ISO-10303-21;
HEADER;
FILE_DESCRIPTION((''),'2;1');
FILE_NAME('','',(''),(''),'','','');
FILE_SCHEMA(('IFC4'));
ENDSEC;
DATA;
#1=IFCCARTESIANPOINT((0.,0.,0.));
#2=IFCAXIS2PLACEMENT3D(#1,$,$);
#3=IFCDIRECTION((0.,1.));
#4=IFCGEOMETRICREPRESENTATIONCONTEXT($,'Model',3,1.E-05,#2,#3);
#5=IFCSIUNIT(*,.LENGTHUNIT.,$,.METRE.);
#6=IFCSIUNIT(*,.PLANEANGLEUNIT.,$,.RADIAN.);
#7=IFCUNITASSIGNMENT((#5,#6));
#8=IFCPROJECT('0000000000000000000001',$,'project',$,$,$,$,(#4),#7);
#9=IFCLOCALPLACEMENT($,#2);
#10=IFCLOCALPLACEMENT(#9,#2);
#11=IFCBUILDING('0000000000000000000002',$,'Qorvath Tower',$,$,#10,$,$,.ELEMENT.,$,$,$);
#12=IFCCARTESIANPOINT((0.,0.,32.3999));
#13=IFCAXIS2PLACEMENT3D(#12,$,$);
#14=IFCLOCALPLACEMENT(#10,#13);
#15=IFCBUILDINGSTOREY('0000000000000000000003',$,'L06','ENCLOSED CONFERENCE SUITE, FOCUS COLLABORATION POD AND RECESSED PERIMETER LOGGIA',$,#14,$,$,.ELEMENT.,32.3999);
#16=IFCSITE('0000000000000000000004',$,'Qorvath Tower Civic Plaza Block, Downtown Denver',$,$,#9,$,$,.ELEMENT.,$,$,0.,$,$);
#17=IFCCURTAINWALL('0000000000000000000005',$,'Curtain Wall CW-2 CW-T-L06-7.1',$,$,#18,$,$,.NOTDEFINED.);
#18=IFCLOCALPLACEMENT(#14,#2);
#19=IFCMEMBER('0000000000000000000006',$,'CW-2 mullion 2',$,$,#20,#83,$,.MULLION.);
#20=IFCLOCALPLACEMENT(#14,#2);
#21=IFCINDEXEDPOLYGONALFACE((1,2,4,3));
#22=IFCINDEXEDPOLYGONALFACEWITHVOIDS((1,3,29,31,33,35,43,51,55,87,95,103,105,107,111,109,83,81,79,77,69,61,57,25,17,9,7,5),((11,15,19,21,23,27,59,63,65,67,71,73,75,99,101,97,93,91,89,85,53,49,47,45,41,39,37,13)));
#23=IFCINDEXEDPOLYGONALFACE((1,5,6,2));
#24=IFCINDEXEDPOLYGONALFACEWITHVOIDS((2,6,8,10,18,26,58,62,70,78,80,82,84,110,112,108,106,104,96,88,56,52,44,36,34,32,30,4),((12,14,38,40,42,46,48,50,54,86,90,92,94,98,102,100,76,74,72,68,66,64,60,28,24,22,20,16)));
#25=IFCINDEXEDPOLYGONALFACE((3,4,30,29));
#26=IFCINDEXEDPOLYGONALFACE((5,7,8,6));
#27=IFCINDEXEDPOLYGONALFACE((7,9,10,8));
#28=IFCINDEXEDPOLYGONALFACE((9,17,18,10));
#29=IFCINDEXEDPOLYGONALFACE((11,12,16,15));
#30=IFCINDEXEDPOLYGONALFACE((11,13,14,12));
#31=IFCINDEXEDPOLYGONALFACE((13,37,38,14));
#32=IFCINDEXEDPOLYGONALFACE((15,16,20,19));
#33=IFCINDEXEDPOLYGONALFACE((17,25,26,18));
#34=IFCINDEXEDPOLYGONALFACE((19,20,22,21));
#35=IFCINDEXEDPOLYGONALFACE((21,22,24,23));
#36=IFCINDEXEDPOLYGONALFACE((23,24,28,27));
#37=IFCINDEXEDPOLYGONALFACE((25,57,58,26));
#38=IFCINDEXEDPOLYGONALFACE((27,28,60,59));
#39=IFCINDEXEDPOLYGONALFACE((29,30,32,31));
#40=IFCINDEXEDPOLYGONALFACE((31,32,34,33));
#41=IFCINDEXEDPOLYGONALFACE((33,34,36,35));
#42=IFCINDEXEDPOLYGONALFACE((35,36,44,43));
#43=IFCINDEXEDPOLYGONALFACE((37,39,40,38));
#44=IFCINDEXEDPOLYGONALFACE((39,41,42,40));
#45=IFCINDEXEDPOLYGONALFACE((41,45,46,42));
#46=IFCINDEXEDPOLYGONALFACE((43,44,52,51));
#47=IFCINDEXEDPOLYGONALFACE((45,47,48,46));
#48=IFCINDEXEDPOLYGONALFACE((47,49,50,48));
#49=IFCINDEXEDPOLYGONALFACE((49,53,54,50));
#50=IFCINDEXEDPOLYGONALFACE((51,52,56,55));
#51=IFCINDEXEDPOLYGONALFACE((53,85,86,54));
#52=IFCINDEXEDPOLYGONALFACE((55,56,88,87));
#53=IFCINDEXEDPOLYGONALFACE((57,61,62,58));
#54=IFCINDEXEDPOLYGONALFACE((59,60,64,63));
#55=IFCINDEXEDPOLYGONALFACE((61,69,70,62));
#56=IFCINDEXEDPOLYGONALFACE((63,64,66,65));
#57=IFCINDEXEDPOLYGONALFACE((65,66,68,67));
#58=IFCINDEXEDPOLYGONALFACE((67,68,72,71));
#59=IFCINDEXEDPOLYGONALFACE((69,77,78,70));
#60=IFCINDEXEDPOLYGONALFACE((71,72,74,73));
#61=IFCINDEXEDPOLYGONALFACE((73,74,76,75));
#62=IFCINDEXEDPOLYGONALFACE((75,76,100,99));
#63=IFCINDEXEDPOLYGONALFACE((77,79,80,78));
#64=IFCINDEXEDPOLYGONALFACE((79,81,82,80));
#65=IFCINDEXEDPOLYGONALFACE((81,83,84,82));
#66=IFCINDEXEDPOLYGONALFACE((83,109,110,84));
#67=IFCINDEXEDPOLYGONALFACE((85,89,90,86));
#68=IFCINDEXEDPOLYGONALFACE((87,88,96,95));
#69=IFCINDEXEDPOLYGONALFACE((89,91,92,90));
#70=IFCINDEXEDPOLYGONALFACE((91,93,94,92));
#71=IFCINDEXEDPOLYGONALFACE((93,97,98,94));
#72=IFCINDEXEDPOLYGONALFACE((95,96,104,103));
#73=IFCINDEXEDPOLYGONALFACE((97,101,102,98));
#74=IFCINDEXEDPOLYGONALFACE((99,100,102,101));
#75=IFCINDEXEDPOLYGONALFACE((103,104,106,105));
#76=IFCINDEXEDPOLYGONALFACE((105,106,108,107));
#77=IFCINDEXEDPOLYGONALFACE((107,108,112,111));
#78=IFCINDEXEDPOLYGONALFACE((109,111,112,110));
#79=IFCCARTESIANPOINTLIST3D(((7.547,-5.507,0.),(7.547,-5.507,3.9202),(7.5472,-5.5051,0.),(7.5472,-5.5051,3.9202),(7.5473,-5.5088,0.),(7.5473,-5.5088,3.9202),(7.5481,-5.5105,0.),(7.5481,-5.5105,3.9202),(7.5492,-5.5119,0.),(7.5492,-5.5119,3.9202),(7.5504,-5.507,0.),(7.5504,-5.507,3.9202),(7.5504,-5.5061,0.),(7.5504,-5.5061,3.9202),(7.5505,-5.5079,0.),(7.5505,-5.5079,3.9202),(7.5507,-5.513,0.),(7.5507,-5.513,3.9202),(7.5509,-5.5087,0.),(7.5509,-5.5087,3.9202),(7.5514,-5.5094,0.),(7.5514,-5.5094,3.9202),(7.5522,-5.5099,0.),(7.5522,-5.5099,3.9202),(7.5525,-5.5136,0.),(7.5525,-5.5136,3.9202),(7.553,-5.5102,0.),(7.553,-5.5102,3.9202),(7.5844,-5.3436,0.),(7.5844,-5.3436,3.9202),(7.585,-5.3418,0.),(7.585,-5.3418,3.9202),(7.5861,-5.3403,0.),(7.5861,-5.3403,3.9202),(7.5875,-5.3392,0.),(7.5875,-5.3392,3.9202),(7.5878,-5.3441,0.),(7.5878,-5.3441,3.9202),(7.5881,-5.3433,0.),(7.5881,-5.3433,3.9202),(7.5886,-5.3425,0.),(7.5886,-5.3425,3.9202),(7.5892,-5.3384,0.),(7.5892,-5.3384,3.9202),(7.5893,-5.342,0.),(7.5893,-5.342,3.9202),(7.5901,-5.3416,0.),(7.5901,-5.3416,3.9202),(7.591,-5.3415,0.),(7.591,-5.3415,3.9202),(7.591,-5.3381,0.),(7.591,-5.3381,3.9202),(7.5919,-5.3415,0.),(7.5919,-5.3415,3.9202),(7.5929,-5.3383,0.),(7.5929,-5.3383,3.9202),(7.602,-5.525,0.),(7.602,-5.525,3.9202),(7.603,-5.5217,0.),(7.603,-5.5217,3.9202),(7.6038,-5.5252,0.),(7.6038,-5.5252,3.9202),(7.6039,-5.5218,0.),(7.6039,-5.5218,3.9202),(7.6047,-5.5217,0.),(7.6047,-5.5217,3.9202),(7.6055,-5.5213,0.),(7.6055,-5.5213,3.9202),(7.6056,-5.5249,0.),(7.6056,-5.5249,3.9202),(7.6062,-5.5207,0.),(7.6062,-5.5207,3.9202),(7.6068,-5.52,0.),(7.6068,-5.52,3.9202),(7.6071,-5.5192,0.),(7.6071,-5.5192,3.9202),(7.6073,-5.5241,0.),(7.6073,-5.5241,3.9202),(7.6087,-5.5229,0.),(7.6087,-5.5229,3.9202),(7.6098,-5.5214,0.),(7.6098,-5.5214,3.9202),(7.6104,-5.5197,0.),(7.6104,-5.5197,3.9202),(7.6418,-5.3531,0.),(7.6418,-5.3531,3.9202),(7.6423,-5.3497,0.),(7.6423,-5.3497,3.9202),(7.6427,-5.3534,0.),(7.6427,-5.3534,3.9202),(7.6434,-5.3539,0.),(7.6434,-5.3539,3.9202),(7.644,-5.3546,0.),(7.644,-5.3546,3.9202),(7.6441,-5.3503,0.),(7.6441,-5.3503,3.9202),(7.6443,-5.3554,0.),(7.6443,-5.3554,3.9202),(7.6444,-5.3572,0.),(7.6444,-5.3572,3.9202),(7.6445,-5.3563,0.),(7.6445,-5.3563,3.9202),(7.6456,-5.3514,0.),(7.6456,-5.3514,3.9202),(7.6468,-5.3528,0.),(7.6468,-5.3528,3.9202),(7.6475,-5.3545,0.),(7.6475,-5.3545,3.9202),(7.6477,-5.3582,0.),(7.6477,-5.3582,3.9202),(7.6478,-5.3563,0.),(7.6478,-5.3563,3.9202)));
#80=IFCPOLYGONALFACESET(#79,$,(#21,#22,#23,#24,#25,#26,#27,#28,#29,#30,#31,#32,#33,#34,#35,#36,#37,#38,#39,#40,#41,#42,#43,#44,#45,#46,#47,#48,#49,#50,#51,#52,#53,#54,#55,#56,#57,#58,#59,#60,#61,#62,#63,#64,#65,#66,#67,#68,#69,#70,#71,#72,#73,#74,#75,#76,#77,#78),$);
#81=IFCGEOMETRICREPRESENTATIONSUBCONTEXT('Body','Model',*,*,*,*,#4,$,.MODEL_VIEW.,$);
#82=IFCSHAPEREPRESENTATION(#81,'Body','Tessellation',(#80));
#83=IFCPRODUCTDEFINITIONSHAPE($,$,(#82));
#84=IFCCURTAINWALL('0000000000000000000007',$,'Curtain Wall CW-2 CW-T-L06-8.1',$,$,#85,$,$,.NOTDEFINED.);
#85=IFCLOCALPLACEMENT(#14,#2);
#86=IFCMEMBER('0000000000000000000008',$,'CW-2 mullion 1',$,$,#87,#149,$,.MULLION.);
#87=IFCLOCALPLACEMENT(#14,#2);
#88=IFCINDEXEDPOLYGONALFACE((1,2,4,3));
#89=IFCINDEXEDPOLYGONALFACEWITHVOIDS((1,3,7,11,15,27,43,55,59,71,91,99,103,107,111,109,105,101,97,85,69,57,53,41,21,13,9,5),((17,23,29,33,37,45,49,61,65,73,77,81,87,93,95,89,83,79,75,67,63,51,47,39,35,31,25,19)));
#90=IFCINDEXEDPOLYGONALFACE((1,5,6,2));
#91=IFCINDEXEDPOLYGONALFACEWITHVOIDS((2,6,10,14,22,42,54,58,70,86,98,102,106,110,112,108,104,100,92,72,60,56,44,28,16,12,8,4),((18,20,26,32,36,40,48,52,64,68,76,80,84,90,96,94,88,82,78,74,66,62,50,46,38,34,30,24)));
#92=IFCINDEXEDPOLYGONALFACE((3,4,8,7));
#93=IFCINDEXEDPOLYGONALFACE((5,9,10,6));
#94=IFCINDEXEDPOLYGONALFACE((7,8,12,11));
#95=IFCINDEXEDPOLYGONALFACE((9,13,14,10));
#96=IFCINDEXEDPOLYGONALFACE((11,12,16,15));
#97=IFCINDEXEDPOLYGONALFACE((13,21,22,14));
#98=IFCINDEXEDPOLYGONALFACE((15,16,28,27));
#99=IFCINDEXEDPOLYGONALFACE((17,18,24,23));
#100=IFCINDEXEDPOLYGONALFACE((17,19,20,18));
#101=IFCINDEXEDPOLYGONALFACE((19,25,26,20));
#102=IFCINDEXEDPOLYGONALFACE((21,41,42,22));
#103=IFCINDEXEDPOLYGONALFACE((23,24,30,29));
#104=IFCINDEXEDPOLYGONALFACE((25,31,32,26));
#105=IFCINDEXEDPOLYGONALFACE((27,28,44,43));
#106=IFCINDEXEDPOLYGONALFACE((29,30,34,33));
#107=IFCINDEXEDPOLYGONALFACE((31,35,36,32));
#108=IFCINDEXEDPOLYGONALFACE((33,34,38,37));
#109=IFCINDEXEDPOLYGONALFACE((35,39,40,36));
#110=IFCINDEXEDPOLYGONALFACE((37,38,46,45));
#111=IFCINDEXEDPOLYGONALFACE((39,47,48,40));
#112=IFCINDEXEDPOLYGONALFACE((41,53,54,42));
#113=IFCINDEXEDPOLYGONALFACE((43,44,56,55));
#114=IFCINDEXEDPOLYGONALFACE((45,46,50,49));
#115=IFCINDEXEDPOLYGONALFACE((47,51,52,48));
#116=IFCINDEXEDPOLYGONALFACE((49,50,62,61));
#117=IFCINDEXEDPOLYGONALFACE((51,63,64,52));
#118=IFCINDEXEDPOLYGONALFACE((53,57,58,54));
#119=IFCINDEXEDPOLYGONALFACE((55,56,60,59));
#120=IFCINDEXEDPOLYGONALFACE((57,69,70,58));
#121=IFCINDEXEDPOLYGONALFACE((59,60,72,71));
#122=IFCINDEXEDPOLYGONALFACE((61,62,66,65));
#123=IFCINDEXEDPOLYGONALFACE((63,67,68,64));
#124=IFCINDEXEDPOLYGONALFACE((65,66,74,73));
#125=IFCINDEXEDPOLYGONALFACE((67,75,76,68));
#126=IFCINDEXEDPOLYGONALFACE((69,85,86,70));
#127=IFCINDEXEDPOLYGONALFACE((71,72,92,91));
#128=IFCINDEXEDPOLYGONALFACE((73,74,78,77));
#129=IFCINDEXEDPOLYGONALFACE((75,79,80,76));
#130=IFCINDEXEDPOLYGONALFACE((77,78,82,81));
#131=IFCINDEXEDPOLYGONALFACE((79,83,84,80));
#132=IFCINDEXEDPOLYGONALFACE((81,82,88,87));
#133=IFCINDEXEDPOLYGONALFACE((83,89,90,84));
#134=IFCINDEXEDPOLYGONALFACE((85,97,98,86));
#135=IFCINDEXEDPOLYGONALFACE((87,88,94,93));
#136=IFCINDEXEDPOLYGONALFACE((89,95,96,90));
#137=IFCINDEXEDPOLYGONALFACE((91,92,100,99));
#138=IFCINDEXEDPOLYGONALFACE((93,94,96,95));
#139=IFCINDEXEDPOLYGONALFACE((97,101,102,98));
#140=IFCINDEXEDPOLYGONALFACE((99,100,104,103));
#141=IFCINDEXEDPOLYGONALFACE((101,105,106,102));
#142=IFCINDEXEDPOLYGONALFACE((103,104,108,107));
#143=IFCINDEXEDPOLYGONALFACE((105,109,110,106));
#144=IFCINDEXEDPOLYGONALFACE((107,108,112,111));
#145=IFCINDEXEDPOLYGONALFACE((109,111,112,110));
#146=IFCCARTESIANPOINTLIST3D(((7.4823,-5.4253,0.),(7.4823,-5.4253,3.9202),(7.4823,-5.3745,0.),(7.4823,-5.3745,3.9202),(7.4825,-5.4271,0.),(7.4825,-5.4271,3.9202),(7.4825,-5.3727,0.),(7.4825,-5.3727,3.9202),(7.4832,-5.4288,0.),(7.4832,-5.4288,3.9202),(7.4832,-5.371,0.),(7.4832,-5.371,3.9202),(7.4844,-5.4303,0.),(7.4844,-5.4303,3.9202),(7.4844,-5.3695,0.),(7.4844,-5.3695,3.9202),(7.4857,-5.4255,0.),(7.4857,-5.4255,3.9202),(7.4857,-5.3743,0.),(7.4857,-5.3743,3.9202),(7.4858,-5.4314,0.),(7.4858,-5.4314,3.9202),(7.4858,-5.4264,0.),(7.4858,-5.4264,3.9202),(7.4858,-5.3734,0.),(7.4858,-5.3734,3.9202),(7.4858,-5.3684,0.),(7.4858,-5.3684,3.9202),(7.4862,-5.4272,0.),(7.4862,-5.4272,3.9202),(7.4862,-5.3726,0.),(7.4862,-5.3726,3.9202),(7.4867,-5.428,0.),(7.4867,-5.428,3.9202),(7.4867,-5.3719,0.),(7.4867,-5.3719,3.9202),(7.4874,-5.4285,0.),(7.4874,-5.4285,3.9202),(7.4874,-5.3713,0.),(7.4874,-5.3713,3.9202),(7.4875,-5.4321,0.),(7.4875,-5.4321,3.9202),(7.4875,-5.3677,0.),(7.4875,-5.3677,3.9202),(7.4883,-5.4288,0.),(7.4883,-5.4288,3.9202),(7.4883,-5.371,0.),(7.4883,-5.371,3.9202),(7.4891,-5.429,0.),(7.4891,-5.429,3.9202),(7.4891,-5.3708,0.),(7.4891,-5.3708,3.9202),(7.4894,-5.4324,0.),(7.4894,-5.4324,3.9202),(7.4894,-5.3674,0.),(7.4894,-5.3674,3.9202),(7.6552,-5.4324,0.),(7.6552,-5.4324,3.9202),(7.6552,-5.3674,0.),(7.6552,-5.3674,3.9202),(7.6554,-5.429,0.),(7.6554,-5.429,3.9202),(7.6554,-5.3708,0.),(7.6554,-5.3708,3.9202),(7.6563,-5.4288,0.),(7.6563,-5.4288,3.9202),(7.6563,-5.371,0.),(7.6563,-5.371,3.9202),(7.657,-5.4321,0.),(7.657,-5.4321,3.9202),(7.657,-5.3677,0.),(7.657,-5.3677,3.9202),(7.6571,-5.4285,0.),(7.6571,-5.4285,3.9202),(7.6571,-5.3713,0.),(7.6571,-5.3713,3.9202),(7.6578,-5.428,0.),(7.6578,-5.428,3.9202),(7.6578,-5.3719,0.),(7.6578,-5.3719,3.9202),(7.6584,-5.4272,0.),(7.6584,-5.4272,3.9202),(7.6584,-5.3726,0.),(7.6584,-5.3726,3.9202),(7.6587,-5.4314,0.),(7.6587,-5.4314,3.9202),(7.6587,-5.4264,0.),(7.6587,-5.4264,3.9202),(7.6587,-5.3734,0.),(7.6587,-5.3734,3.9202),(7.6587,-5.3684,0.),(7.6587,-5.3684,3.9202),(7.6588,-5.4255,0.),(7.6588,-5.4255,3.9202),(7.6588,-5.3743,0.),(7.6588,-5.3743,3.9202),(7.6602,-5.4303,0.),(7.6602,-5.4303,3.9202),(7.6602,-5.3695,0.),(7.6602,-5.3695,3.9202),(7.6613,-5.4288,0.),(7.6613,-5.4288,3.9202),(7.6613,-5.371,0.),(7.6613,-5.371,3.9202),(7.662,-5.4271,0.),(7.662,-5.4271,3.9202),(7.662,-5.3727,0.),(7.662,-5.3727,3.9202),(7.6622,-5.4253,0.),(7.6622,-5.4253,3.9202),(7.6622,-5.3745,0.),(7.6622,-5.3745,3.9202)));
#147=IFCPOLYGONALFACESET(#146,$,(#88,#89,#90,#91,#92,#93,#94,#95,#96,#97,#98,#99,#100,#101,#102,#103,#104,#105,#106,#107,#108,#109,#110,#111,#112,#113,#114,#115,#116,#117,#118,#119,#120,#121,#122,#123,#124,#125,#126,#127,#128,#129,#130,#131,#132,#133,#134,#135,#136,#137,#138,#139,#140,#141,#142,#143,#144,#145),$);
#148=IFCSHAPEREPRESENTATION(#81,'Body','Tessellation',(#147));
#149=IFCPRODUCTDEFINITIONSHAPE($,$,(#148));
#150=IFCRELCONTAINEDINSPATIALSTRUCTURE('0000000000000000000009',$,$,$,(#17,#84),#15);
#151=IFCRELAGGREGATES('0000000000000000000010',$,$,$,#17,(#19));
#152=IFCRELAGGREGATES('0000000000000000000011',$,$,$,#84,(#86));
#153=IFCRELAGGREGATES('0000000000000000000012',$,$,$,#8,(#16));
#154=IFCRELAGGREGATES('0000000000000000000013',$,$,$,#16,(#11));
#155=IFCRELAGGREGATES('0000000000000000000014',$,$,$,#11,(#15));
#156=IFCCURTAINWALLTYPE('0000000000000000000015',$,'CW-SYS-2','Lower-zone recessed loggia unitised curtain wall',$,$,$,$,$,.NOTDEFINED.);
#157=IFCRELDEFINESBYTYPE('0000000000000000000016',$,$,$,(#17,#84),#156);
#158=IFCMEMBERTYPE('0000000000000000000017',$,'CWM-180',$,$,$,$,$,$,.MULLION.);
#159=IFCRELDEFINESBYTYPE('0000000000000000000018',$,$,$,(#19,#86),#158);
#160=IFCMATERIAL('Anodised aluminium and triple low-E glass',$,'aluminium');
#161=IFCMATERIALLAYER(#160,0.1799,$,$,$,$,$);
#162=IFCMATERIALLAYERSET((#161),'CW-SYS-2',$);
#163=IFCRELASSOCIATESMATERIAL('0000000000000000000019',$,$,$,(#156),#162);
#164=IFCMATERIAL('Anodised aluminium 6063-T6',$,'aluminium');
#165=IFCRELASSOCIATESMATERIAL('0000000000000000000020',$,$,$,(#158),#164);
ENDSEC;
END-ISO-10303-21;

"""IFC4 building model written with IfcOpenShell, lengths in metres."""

from ifc_helpers import new_model, si_unit, direction, frame, origin, origin_2d, place, context, subcontext, project, spatial, hollow_rectangle, extrude, material, layer, layer_set, material_profile, profile_set, type_object, element, aggregate, save


model = new_model("IFC4")

# Units and contexts
model_context = context("Model", 3, precision=1e-05, world=origin(), true_north=direction((0.0, 1.0)))
body_context = subcontext(model_context, "Body", "Model", "MODEL_VIEW")
ifc_project = project(units=[si_unit("LENGTHUNIT", "METRE"), si_unit("PLANEANGLEUNIT", "RADIAN")], contexts=[model_context])

# Site, building, storey
site_placement = place(None, origin())
site = spatial("IfcSite", under=ifc_project, at=site_placement, Name="Qorvath Tower Civic Plaza Block, Downtown Denver", CompositionType="ELEMENT", RefElevation=0.0)
building_placement = place(site_placement, origin())
building = spatial("IfcBuilding", under=site, at=building_placement, Name="Qorvath Tower", CompositionType="ELEMENT")
storey_placement = place(building_placement, frame((0.0, 0.0, 32.3999)))
storey = spatial("IfcBuildingStorey", under=building, at=storey_placement, Name="L06", Description="ENCLOSED CONFERENCE SUITE, FOCUS COLLABORATION POD AND RECESSED PERIMETER LOGGIA", CompositionType="ELEMENT", Elevation=32.3999)

# Curtain wall, member
ifc_material_1 = material(Name="Anodised aluminium and triple low-E glass", Category="aluminium")
ifc_layer_1 = layer(ifc_material_1, 0.1799)
ifc_layer_set_1 = layer_set([ifc_layer_1], Name="CW-SYS-2")
curtain_wall_type = type_object("IfcCurtainWallType", Name="CW-SYS-2", Description="Lower-zone recessed loggia unitised curtain wall", PredefinedType="NOTDEFINED", material=ifc_layer_set_1)
curtain_wall_1_placement = place(storey_placement, origin())
curtain_wall_1 = element("IfcCurtainWall", 1, at=curtain_wall_1_placement, inside=storey, type_object=curtain_wall_type, Name="Curtain Wall CW-2 CW-T-L06-7.1", PredefinedType="NOTDEFINED")
ifc_material_2 = material(Name="Anodised aluminium 6063-T6", Category="aluminium")
ifc_material_profile_1 = material_profile(ifc_material_2, hollow_rectangle(XDim=0.0649, YDim=0.1799, WallThickness=0.0034, InnerFilletRadius=0.0034, OuterFilletRadius=0.0071, at=origin_2d()), Name="CWM 180x65")
ifc_profile_set_1 = profile_set([ifc_material_profile_1], Name="Anodised aluminium 6063-T6")
member_type_1 = type_object("IfcMemberType", Name="CWM-180", PredefinedType="MULLION", material=ifc_profile_set_1)
member_1_placement = place(storey_placement, frame((7.5974, -5.4316, 0.0), z_axis=(0.0, 0.0, 1.0), x_axis=(-0.974481, 0.224471, 0.0)))
member_1 = element("IfcMember", 2, at=member_1_placement, type_object=member_type_1, Name="CW-2 mullion 2", PredefinedType="MULLION", context=body_context, shape_type="SweptSolid", body=[
    extrude(hollow_rectangle(XDim=0.0649, YDim=0.1799, WallThickness=0.0034, InnerFilletRadius=0.0034, OuterFilletRadius=0.0071, at=origin_2d()), origin(), (0.0, 0.0, 1.0), 3.9202),
])
aggregate(curtain_wall_1, [member_1])

# Curtain wall, member
curtain_wall_2_placement = place(storey_placement, origin())
curtain_wall_2 = element("IfcCurtainWall", 3, at=curtain_wall_2_placement, inside=storey, type_object=curtain_wall_type, Name="Curtain Wall CW-2 CW-T-L06-8.1", PredefinedType="NOTDEFINED")
member_2_placement = place(storey_placement, frame((7.5723, -5.3999, 0.0), z_axis=(0.0, 0.0, 1.0), x_axis=(0.0, -1.0, 0.0)))
member_2 = element("IfcMember", 4, at=member_2_placement, type_object=member_type_1, Name="CW-2 mullion 1", PredefinedType="MULLION", context=body_context, shape_type="SweptSolid", body=[
    extrude(hollow_rectangle(XDim=0.0649, YDim=0.1799, WallThickness=0.0034, InnerFilletRadius=0.0034, OuterFilletRadius=0.0071, at=origin_2d()), origin(), (0.0, 0.0, 1.0), 3.9202),
])

aggregate(curtain_wall_2, [member_2])

save(model, "model.ifc")
